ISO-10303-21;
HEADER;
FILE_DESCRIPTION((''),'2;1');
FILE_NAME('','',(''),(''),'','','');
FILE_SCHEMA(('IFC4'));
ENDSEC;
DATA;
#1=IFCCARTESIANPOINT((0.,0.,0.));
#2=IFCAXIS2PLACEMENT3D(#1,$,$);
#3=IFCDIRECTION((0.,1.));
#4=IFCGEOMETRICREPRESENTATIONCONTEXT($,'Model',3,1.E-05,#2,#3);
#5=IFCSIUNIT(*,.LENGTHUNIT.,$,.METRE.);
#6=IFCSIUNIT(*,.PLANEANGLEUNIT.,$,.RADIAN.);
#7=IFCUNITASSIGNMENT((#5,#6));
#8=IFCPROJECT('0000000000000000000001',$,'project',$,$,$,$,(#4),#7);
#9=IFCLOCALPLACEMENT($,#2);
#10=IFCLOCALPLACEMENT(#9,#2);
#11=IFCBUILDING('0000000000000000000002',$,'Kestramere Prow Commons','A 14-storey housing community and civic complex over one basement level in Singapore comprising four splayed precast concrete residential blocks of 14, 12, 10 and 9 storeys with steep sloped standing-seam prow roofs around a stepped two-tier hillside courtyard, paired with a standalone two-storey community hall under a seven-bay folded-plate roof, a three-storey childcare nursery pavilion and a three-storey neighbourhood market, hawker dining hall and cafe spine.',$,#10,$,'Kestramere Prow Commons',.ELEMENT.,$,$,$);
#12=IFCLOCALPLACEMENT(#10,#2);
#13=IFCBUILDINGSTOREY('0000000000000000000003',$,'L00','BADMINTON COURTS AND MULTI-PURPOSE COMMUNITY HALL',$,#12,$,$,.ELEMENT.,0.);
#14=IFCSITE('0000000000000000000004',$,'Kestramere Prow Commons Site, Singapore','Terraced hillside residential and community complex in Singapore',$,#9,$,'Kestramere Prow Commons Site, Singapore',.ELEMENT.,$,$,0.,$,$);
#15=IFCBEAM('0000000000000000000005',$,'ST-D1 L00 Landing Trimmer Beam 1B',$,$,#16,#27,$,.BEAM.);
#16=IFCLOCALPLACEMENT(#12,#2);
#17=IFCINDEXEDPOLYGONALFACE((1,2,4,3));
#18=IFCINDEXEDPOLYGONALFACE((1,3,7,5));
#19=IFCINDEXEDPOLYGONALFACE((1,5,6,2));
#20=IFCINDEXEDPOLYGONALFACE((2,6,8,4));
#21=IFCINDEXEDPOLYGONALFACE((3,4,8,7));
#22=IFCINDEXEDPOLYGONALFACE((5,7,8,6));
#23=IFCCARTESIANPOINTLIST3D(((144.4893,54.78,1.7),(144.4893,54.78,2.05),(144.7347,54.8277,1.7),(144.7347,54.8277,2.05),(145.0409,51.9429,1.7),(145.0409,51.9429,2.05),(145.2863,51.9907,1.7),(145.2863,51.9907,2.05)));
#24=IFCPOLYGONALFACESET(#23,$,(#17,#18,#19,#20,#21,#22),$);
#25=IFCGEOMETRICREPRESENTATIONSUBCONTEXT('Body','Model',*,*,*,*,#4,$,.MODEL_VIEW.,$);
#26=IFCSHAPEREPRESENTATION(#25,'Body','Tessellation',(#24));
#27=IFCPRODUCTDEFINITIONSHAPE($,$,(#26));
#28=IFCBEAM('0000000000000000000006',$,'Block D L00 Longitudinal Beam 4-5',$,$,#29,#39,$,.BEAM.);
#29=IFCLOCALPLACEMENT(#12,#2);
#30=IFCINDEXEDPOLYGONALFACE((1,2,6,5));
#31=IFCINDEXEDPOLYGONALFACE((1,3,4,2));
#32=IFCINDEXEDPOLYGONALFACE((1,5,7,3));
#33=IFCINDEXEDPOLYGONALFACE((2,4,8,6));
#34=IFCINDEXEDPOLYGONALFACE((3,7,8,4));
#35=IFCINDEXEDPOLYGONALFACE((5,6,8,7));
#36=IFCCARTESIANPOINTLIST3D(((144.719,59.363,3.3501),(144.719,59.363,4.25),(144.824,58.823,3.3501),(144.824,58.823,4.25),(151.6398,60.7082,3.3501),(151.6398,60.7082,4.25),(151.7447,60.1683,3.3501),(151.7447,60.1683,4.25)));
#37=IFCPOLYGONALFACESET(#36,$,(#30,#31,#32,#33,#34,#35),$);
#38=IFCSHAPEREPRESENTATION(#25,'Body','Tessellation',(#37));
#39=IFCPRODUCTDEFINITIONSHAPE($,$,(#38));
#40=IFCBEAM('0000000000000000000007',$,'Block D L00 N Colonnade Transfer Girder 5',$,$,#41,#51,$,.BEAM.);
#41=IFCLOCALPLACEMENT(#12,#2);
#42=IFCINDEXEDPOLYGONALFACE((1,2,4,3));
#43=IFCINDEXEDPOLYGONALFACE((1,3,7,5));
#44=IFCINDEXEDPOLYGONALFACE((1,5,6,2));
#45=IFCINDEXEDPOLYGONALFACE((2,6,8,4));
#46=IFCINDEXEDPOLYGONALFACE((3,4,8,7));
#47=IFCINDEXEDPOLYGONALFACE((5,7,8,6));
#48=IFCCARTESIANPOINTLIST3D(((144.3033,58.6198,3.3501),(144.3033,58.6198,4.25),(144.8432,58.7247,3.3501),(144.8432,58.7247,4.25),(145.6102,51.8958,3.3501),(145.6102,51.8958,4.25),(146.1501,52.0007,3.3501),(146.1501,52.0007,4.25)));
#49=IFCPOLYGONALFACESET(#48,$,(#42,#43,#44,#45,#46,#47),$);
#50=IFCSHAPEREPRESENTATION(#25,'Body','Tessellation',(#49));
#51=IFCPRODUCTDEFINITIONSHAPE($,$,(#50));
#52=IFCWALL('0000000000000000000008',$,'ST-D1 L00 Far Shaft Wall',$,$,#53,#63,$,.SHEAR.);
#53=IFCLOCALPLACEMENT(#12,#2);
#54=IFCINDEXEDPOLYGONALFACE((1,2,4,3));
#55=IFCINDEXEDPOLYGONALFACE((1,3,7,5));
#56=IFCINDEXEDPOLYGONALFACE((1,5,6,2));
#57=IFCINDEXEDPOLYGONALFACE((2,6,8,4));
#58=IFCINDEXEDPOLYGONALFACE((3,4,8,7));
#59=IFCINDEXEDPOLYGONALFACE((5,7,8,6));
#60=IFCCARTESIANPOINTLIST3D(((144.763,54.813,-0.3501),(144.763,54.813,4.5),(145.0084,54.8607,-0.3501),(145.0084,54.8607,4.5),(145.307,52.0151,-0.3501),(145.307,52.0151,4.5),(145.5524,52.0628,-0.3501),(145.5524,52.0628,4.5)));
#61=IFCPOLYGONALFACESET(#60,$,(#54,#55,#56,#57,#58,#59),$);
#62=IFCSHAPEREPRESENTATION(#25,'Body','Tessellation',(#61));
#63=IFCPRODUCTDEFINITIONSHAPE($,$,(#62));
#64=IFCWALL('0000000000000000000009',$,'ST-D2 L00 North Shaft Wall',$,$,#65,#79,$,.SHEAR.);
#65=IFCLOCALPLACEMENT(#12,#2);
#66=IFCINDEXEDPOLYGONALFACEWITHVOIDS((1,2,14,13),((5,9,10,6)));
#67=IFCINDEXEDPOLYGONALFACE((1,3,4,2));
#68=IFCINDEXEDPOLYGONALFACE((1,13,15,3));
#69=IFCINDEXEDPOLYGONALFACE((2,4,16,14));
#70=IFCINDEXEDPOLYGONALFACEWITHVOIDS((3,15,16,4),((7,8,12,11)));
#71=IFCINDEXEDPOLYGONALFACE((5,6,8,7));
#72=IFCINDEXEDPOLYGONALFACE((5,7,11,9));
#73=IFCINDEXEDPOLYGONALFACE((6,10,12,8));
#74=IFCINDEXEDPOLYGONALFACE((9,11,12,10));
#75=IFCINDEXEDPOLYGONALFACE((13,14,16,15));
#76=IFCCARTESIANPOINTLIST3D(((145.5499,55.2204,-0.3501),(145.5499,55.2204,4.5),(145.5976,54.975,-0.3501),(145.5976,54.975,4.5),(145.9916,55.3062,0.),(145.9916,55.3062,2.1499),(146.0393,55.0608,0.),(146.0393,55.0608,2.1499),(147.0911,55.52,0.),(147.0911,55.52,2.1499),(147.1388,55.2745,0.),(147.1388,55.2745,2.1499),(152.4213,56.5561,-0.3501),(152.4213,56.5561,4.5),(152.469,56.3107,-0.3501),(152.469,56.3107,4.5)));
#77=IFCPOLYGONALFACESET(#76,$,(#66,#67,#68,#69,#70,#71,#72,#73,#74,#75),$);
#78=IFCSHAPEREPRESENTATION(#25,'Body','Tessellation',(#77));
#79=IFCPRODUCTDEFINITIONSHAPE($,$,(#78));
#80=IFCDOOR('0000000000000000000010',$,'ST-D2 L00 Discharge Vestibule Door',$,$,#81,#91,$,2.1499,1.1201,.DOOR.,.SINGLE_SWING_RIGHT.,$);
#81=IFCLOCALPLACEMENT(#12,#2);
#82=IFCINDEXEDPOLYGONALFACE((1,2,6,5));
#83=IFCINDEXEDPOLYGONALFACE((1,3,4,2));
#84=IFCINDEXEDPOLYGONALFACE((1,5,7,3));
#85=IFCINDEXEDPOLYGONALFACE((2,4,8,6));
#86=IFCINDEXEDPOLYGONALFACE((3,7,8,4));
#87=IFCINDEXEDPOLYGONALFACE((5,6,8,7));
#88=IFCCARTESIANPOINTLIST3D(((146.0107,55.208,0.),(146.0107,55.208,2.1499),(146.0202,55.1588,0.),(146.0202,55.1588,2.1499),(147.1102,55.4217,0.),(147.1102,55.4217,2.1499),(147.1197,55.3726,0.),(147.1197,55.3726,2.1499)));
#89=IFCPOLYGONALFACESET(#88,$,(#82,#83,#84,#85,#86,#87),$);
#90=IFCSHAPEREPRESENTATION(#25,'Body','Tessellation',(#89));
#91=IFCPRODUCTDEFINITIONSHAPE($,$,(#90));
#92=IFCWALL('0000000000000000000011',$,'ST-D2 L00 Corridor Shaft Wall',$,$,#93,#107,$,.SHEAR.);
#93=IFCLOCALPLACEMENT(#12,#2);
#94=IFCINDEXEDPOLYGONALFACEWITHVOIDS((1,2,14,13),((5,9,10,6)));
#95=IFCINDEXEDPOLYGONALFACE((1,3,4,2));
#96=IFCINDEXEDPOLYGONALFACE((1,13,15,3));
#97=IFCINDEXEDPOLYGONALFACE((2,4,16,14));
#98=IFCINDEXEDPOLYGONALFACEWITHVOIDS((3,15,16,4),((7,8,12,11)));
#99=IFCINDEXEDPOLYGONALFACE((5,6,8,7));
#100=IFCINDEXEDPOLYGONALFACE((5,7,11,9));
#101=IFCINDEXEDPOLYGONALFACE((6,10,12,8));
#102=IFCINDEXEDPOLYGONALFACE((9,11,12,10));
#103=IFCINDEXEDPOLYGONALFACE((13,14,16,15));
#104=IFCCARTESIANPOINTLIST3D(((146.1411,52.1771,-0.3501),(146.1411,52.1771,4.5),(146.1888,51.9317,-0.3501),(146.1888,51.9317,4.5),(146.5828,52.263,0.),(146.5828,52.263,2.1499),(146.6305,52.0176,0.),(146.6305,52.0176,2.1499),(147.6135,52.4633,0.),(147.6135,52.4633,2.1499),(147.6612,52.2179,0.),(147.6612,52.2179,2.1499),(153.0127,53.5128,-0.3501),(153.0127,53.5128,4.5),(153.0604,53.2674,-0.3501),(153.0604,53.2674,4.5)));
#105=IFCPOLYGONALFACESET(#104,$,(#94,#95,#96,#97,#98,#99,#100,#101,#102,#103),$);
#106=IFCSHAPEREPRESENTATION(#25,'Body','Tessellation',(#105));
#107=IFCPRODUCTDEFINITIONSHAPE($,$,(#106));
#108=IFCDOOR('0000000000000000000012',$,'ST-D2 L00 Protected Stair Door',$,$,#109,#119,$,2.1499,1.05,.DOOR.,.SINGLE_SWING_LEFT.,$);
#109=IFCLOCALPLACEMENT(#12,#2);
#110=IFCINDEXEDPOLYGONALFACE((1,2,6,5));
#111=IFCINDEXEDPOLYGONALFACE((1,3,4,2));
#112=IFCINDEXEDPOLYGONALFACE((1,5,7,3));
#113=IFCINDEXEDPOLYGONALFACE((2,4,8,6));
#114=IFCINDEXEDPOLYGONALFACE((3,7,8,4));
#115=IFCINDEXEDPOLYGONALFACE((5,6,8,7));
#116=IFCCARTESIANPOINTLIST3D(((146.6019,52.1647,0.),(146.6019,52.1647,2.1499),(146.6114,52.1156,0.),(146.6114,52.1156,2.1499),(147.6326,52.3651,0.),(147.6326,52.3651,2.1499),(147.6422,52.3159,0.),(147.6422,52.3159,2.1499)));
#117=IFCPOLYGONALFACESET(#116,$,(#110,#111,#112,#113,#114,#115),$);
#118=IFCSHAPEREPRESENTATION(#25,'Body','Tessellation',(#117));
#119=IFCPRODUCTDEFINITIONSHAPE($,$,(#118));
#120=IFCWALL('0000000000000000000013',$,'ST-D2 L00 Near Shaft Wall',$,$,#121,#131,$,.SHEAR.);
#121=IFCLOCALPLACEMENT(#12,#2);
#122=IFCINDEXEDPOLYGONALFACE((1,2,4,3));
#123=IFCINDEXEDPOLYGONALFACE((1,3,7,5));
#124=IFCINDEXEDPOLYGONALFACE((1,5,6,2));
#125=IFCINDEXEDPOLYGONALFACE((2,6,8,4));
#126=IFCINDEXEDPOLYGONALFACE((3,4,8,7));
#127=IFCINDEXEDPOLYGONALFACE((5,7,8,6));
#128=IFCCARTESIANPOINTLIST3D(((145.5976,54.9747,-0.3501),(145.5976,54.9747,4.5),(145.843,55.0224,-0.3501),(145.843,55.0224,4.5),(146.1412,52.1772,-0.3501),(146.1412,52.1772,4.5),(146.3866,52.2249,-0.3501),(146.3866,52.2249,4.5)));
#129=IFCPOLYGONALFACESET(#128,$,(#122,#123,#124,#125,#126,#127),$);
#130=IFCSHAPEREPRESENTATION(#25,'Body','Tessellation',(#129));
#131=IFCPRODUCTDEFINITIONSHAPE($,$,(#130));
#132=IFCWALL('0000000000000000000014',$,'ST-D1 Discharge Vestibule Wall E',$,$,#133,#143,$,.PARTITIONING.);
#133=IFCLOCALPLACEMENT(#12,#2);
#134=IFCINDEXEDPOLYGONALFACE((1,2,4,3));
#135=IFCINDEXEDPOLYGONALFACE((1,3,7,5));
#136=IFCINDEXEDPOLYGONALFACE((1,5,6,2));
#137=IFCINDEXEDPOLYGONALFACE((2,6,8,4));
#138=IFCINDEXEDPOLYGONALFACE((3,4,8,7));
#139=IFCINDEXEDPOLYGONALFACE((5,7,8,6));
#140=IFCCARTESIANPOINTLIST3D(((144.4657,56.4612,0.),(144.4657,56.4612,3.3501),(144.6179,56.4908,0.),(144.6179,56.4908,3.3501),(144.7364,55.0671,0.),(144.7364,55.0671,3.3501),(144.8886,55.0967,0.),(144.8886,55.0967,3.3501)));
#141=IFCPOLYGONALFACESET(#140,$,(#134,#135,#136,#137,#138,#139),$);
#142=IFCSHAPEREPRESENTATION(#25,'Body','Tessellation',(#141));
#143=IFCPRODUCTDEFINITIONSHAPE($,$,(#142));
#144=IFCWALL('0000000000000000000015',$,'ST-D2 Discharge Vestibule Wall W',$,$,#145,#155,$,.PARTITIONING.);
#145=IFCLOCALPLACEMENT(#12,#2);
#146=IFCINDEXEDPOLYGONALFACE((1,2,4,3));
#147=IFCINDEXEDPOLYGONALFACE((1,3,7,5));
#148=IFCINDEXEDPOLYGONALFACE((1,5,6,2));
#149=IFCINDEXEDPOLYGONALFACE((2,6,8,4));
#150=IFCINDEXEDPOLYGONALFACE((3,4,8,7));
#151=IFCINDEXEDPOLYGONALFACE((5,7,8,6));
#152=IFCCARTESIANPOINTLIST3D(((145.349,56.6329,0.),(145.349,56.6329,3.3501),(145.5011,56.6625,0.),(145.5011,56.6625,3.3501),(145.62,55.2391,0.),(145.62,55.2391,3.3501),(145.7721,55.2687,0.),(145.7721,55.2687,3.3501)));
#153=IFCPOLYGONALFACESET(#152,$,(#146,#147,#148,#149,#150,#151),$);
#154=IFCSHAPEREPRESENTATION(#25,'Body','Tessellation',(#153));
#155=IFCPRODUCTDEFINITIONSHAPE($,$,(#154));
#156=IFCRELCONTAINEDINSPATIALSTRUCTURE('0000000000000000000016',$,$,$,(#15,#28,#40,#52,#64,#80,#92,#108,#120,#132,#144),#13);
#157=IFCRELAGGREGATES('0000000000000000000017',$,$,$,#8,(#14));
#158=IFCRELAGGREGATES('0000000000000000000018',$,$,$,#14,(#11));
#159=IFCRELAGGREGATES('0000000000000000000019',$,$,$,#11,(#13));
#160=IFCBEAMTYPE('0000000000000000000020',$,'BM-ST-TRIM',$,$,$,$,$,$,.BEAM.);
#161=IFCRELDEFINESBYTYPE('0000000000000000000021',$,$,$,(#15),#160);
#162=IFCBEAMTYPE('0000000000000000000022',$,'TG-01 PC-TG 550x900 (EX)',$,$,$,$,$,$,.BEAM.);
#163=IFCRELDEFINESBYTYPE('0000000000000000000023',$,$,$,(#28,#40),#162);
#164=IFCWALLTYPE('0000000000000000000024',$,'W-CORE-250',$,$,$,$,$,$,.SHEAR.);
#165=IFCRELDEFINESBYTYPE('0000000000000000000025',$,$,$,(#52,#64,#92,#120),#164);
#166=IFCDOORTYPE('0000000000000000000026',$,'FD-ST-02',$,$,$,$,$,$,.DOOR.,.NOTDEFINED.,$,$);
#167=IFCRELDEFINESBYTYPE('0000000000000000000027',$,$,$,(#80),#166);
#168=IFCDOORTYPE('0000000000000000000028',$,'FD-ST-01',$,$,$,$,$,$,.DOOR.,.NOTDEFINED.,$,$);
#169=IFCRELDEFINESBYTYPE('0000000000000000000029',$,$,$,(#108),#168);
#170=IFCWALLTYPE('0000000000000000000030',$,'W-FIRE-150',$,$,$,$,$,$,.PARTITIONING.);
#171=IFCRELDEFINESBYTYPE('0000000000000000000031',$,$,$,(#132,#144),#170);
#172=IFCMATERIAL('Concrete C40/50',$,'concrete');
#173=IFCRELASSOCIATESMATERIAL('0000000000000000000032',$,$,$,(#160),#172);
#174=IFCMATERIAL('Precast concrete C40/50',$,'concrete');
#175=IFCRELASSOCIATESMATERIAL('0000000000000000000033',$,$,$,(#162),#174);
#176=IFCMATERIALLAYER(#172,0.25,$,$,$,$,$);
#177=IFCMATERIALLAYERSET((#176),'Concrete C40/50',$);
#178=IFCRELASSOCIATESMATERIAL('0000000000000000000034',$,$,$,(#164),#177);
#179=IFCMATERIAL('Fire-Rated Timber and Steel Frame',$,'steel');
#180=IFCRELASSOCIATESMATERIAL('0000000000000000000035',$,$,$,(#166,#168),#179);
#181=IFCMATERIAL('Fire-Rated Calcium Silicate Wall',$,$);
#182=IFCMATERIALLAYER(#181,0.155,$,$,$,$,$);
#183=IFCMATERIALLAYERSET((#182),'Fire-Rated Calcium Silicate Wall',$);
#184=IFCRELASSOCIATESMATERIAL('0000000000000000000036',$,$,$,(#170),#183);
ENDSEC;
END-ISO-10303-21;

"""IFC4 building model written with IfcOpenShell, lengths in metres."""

from ifc_helpers import new_model, si_unit, direction, frame, frame_2d, origin, origin_2d, place, context, subcontext, project, spatial, rectangle, extrude, material, layer, layer_set, material_profile, profile_set, type_object, element, fill, save


model = new_model("IFC4")

# Units and contexts
model_context = context("Model", 3, precision=1e-05, world=origin(), true_north=direction((0.0, 1.0)))
body_context = subcontext(model_context, "Body", "Model", "MODEL_VIEW")
ifc_project = project(units=[si_unit("LENGTHUNIT", "METRE"), si_unit("PLANEANGLEUNIT", "RADIAN")], contexts=[model_context])

# Site, building, storey
site_placement = place(None, origin())
site = spatial("IfcSite", under=ifc_project, at=site_placement, Name="Kestramere Prow Commons Site, Singapore", Description="Terraced hillside residential and community complex in Singapore", LongName="Kestramere Prow Commons Site, Singapore", CompositionType="ELEMENT", RefElevation=0.0)
building_placement = place(site_placement, origin())
building = spatial("IfcBuilding", under=site, at=building_placement, Name="Kestramere Prow Commons", Description="A 14-storey housing community and civic complex over one basement level in Singapore comprising four splayed precast concrete residential blocks of 14, 12, 10 and 9 storeys with steep sloped standing-seam prow roofs around a stepped two-tier hillside courtyard, paired with a standalone two-storey community hall under a seven-bay folded-plate roof, a three-storey childcare nursery pavilion and a three-storey neighbourhood market, hawker dining hall and cafe spine.", LongName="Kestramere Prow Commons", CompositionType="ELEMENT")
storey_placement = place(building_placement, origin())
storey = spatial("IfcBuildingStorey", under=building, at=storey_placement, Name="L00", Description="BADMINTON COURTS AND MULTI-PURPOSE COMMUNITY HALL", CompositionType="ELEMENT", Elevation=0.0)

# Shared definitions
ifc_material_1 = material(Name="Precast concrete C40/50", Category="concrete")

# Beams
ifc_material_2 = material(Name="Concrete C40/50", Category="concrete")
ifc_material_profile_1 = material_profile(ifc_material_2, rectangle(XDim=0.25, YDim=0.3501, at=origin_2d()), Name="PC-BM 250x350")
ifc_profile_set_1 = profile_set([ifc_material_profile_1], Name="Concrete C40/50")
beam_type_1 = type_object("IfcBeamType", Name="BM-ST-TRIM", PredefinedType="BEAM", material=ifc_profile_set_1)
for number, where, z_axis, x_axis, name in (
    (1, (145.1636, 51.9668, 1.875), (-0.190833, 0.981622, 0.0), (-0.981622, -0.190833, 0.0), "ST-D1 L00 Landing Trimmer Beam 1B"),
):
    element("IfcBeam", number, at=place(storey_placement, frame(where, z_axis=z_axis, x_axis=x_axis)), inside=storey, type_object=beam_type_1, Name=name, PredefinedType="BEAM", context=body_context, shape_type="SweptSolid", body=[
        extrude(rectangle(XDim=0.25, YDim=0.3501, at=origin_2d()), origin(), (0.0, 0.0, 1.0), 2.8901),
    ])
ifc_material_profile_2 = material_profile(ifc_material_1, rectangle(XDim=0.55, YDim=0.8999, at=origin_2d()), Name="PC-TG 550x900")
ifc_profile_set_2 = profile_set([ifc_material_profile_2], Name="Precast concrete C40/50")
beam_type_2 = type_object("IfcBeamType", Name="TG-01 PC-TG 550x900 (EX)", PredefinedType="BEAM", material=ifc_profile_set_2)
beam_1_placement = place(storey_placement, frame((144.7715, 59.093, 3.8), z_axis=(0.981628, 0.190806, 0.0), x_axis=(-0.190806, 0.981628, 0.0)))
element("IfcBeam", 2, at=beam_1_placement, inside=storey, type_object=beam_type_2, Name="Block D L00 Longitudinal Beam 4-5", PredefinedType="BEAM", context=body_context, shape_type="SweptSolid", body=[
    extrude(rectangle(XDim=0.55, YDim=0.8999, at=origin_2d()), origin(), (0.0, 0.0, 1.0), 7.0503),
])
beam_2_placement = place(storey_placement, frame((145.8801, 51.9482, 3.8), z_axis=(-0.190788, 0.981631, 0.0), x_axis=(-0.981631, -0.190788, 0.0)))
element("IfcBeam", 3, at=beam_2_placement, inside=storey, type_object=beam_type_2, Name="Block D L00 N Colonnade Transfer Girder 5", PredefinedType="BEAM", context=body_context, shape_type="SweptSolid", body=[
    extrude(rectangle(XDim=0.55, YDim=0.8999, at=origin_2d()), origin(), (0.0, 0.0, 1.0), 6.8499),
])

# Wall
ifc_layer_1 = layer(ifc_material_2, 0.25)
ifc_layer_set_1 = layer_set([ifc_layer_1], Name="Concrete C40/50")
wall_type_1 = type_object("IfcWallType", Name="W-CORE-250", PredefinedType="SHEAR", material=ifc_layer_set_1)
wall_1_placement = place(storey_placement, frame((145.4297, 52.0388, -0.3501), z_axis=(0.0, 0.0, 1.0), x_axis=(-0.190842, 0.981621, 0.0)))
element("IfcWall", 4, at=wall_1_placement, inside=storey, type_object=wall_type_1, Name="ST-D1 L00 Far Shaft Wall", PredefinedType="SHEAR", context=body_context, shape_type="SweptSolid", body=[
    extrude(rectangle(XDim=2.8503, YDim=0.25, at=frame_2d((1.4253, 0.0))), origin(), (0.0, 0.0, 1.0), 4.8501),
])

# Walls, openings, doors
wall_2_placement = place(storey_placement, frame((145.5737, 55.0977, -0.3501), z_axis=(0.0, 0.0, 1.0), x_axis=(0.981626, 0.190815, 0.0)))
wall_2 = element("IfcWall", 5, at=wall_2_placement, inside=storey, type_object=wall_type_1, Name="ST-D2 L00 North Shaft Wall", PredefinedType="SHEAR", context=body_context, shape_type="SweptSolid", body=[
    extrude(rectangle(XDim=7.0, YDim=0.25, at=frame_2d((3.5, 0.0))), origin(), (0.0, 0.0, 1.0), 4.8501),
])
opening_1_placement = place(wall_2_placement, frame((0.45, 0.0, 0.3501)))
opening_1 = element("IfcOpeningElement", 6, at=opening_1_placement, cuts=wall_2, PredefinedType="OPENING", context=body_context, shape_type="SweptSolid", body=[
    extrude(rectangle(XDim=1.1201, YDim=2.1499, at=frame_2d((0.5601, 1.075))), frame((0.0, 0.1399, 0.0), z_axis=(0.0, -1.0, 0.0), x_axis=(1.0, 0.0, 0.0)), (0.0, 0.0, 1.0), 0.28),
])
ifc_material_3 = material(Name="Fire-Rated Timber and Steel Frame", Category="steel")
door_type_1 = type_object("IfcDoorType", Name="FD-ST-02", OperationType="NOTDEFINED", PredefinedType="DOOR", material=ifc_material_3)
door_1_placement = place(opening_1_placement, origin())
door_1 = element("IfcDoor", 7, at=door_1_placement, inside=storey, type_object=door_type_1, Name="ST-D2 L00 Discharge Vestibule Door", OperationType="SINGLE_SWING_RIGHT", OverallHeight=2.1499, OverallWidth=1.1201, PredefinedType="DOOR", context=body_context, shape_type="SweptSolid", body=[
    extrude(rectangle(XDim=1.1201, YDim=2.1499, at=frame_2d((0.5601, 1.075))), frame((0.0, 0.0249, 0.0), z_axis=(0.0, -1.0, 0.0), x_axis=(1.0, 0.0, 0.0)), (0.0, 0.0, 1.0), 0.05),
])
fill(opening_1, door_1)
wall_3_placement = place(storey_placement, frame((146.165, 52.0544, -0.3501), z_axis=(0.0, 0.0, 1.0), x_axis=(0.981627, 0.190808, 0.0)))
wall_3 = element("IfcWall", 8, at=wall_3_placement, inside=storey, type_object=wall_type_1, Name="ST-D2 L00 Corridor Shaft Wall", PredefinedType="SHEAR", context=body_context, shape_type="SweptSolid", body=[
    extrude(rectangle(XDim=7.0002, YDim=0.25, at=frame_2d((3.5, 0.0))), origin(), (0.0, 0.0, 1.0), 4.8501),
])
opening_2_placement = place(wall_3_placement, frame((0.45, 0.0, 0.3501)))
opening_2 = element("IfcOpeningElement", 9, at=opening_2_placement, cuts=wall_3, PredefinedType="OPENING", context=body_context, shape_type="SweptSolid", body=[
    extrude(rectangle(XDim=1.05, YDim=2.1499, at=frame_2d((0.5249, 1.075))), frame((0.0, 0.1399, 0.0), z_axis=(0.0, -1.0, 0.0), x_axis=(1.0, 0.0, 0.0)), (0.0, 0.0, 1.0), 0.28),
])
door_type_2 = type_object("IfcDoorType", Name="FD-ST-01", OperationType="NOTDEFINED", PredefinedType="DOOR", material=ifc_material_3)
door_2_placement = place(opening_2_placement, origin())
door_2 = element("IfcDoor", 10, at=door_2_placement, inside=storey, type_object=door_type_2, Name="ST-D2 L00 Protected Stair Door", OperationType="SINGLE_SWING_LEFT", OverallHeight=2.1499, OverallWidth=1.05, PredefinedType="DOOR", context=body_context, shape_type="SweptSolid", body=[
    extrude(rectangle(XDim=1.05, YDim=2.1499, at=frame_2d((0.5249, 1.075))), frame((0.0, 0.0249, 0.0), z_axis=(0.0, -1.0, 0.0), x_axis=(1.0, 0.0, 0.0)), (0.0, 0.0, 1.0), 0.05),
])
fill(opening_2, door_2)

# Walls
wall_4_placement = place(storey_placement, frame((146.2639, 52.2012, -0.3501), z_axis=(0.0, 0.0, 1.0), x_axis=(-0.190776, 0.981634, 0.0)))
element("IfcWall", 11, at=wall_4_placement, inside=storey, type_object=wall_type_1, Name="ST-D2 L00 Near Shaft Wall", PredefinedType="SHEAR", context=body_context, shape_type="SweptSolid", body=[
    extrude(rectangle(XDim=2.8499, YDim=0.25, at=frame_2d((1.4248, 0.0))), origin(), (0.0, 0.0, 1.0), 4.8501),
])
ifc_material_4 = material(Name="Fire-Rated Calcium Silicate Wall")
ifc_layer_2 = layer(ifc_material_4, 0.155)
ifc_layer_set_2 = layer_set([ifc_layer_2], Name="Fire-Rated Calcium Silicate Wall")
wall_type_2 = type_object("IfcWallType", Name="W-FIRE-150", PredefinedType="PARTITIONING", material=ifc_layer_set_2)
wall_5_placement = place(storey_placement, frame((144.8125, 55.082, 0.0), z_axis=(0.0, 0.0, 1.0), x_axis=(-0.190658, 0.981657, 0.0)))
element("IfcWall", 12, at=wall_5_placement, inside=storey, type_object=wall_type_2, Name="ST-D1 Discharge Vestibule Wall E", PredefinedType="PARTITIONING", context=body_context, shape_type="SweptSolid", body=[
    extrude(rectangle(XDim=1.4202, YDim=0.155, at=frame_2d((0.71, 0.0))), origin(), (0.0, 0.0, 1.0), 3.3501),
])
wall_6_placement = place(storey_placement, frame((145.696, 55.2539, 0.0), z_axis=(0.0, 0.0, 1.0), x_axis=(-0.190856, 0.981618, 0.0)))
element("IfcWall", 13, at=wall_6_placement, inside=storey, type_object=wall_type_2, Name="ST-D2 Discharge Vestibule Wall W", PredefinedType="PARTITIONING", context=body_context, shape_type="SweptSolid", body=[
    extrude(rectangle(XDim=1.4199, YDim=0.155, at=frame_2d((0.71, 0.0))), origin(), (0.0, 0.0, 1.0), 3.3501),
])

save(model, "model.ifc")
